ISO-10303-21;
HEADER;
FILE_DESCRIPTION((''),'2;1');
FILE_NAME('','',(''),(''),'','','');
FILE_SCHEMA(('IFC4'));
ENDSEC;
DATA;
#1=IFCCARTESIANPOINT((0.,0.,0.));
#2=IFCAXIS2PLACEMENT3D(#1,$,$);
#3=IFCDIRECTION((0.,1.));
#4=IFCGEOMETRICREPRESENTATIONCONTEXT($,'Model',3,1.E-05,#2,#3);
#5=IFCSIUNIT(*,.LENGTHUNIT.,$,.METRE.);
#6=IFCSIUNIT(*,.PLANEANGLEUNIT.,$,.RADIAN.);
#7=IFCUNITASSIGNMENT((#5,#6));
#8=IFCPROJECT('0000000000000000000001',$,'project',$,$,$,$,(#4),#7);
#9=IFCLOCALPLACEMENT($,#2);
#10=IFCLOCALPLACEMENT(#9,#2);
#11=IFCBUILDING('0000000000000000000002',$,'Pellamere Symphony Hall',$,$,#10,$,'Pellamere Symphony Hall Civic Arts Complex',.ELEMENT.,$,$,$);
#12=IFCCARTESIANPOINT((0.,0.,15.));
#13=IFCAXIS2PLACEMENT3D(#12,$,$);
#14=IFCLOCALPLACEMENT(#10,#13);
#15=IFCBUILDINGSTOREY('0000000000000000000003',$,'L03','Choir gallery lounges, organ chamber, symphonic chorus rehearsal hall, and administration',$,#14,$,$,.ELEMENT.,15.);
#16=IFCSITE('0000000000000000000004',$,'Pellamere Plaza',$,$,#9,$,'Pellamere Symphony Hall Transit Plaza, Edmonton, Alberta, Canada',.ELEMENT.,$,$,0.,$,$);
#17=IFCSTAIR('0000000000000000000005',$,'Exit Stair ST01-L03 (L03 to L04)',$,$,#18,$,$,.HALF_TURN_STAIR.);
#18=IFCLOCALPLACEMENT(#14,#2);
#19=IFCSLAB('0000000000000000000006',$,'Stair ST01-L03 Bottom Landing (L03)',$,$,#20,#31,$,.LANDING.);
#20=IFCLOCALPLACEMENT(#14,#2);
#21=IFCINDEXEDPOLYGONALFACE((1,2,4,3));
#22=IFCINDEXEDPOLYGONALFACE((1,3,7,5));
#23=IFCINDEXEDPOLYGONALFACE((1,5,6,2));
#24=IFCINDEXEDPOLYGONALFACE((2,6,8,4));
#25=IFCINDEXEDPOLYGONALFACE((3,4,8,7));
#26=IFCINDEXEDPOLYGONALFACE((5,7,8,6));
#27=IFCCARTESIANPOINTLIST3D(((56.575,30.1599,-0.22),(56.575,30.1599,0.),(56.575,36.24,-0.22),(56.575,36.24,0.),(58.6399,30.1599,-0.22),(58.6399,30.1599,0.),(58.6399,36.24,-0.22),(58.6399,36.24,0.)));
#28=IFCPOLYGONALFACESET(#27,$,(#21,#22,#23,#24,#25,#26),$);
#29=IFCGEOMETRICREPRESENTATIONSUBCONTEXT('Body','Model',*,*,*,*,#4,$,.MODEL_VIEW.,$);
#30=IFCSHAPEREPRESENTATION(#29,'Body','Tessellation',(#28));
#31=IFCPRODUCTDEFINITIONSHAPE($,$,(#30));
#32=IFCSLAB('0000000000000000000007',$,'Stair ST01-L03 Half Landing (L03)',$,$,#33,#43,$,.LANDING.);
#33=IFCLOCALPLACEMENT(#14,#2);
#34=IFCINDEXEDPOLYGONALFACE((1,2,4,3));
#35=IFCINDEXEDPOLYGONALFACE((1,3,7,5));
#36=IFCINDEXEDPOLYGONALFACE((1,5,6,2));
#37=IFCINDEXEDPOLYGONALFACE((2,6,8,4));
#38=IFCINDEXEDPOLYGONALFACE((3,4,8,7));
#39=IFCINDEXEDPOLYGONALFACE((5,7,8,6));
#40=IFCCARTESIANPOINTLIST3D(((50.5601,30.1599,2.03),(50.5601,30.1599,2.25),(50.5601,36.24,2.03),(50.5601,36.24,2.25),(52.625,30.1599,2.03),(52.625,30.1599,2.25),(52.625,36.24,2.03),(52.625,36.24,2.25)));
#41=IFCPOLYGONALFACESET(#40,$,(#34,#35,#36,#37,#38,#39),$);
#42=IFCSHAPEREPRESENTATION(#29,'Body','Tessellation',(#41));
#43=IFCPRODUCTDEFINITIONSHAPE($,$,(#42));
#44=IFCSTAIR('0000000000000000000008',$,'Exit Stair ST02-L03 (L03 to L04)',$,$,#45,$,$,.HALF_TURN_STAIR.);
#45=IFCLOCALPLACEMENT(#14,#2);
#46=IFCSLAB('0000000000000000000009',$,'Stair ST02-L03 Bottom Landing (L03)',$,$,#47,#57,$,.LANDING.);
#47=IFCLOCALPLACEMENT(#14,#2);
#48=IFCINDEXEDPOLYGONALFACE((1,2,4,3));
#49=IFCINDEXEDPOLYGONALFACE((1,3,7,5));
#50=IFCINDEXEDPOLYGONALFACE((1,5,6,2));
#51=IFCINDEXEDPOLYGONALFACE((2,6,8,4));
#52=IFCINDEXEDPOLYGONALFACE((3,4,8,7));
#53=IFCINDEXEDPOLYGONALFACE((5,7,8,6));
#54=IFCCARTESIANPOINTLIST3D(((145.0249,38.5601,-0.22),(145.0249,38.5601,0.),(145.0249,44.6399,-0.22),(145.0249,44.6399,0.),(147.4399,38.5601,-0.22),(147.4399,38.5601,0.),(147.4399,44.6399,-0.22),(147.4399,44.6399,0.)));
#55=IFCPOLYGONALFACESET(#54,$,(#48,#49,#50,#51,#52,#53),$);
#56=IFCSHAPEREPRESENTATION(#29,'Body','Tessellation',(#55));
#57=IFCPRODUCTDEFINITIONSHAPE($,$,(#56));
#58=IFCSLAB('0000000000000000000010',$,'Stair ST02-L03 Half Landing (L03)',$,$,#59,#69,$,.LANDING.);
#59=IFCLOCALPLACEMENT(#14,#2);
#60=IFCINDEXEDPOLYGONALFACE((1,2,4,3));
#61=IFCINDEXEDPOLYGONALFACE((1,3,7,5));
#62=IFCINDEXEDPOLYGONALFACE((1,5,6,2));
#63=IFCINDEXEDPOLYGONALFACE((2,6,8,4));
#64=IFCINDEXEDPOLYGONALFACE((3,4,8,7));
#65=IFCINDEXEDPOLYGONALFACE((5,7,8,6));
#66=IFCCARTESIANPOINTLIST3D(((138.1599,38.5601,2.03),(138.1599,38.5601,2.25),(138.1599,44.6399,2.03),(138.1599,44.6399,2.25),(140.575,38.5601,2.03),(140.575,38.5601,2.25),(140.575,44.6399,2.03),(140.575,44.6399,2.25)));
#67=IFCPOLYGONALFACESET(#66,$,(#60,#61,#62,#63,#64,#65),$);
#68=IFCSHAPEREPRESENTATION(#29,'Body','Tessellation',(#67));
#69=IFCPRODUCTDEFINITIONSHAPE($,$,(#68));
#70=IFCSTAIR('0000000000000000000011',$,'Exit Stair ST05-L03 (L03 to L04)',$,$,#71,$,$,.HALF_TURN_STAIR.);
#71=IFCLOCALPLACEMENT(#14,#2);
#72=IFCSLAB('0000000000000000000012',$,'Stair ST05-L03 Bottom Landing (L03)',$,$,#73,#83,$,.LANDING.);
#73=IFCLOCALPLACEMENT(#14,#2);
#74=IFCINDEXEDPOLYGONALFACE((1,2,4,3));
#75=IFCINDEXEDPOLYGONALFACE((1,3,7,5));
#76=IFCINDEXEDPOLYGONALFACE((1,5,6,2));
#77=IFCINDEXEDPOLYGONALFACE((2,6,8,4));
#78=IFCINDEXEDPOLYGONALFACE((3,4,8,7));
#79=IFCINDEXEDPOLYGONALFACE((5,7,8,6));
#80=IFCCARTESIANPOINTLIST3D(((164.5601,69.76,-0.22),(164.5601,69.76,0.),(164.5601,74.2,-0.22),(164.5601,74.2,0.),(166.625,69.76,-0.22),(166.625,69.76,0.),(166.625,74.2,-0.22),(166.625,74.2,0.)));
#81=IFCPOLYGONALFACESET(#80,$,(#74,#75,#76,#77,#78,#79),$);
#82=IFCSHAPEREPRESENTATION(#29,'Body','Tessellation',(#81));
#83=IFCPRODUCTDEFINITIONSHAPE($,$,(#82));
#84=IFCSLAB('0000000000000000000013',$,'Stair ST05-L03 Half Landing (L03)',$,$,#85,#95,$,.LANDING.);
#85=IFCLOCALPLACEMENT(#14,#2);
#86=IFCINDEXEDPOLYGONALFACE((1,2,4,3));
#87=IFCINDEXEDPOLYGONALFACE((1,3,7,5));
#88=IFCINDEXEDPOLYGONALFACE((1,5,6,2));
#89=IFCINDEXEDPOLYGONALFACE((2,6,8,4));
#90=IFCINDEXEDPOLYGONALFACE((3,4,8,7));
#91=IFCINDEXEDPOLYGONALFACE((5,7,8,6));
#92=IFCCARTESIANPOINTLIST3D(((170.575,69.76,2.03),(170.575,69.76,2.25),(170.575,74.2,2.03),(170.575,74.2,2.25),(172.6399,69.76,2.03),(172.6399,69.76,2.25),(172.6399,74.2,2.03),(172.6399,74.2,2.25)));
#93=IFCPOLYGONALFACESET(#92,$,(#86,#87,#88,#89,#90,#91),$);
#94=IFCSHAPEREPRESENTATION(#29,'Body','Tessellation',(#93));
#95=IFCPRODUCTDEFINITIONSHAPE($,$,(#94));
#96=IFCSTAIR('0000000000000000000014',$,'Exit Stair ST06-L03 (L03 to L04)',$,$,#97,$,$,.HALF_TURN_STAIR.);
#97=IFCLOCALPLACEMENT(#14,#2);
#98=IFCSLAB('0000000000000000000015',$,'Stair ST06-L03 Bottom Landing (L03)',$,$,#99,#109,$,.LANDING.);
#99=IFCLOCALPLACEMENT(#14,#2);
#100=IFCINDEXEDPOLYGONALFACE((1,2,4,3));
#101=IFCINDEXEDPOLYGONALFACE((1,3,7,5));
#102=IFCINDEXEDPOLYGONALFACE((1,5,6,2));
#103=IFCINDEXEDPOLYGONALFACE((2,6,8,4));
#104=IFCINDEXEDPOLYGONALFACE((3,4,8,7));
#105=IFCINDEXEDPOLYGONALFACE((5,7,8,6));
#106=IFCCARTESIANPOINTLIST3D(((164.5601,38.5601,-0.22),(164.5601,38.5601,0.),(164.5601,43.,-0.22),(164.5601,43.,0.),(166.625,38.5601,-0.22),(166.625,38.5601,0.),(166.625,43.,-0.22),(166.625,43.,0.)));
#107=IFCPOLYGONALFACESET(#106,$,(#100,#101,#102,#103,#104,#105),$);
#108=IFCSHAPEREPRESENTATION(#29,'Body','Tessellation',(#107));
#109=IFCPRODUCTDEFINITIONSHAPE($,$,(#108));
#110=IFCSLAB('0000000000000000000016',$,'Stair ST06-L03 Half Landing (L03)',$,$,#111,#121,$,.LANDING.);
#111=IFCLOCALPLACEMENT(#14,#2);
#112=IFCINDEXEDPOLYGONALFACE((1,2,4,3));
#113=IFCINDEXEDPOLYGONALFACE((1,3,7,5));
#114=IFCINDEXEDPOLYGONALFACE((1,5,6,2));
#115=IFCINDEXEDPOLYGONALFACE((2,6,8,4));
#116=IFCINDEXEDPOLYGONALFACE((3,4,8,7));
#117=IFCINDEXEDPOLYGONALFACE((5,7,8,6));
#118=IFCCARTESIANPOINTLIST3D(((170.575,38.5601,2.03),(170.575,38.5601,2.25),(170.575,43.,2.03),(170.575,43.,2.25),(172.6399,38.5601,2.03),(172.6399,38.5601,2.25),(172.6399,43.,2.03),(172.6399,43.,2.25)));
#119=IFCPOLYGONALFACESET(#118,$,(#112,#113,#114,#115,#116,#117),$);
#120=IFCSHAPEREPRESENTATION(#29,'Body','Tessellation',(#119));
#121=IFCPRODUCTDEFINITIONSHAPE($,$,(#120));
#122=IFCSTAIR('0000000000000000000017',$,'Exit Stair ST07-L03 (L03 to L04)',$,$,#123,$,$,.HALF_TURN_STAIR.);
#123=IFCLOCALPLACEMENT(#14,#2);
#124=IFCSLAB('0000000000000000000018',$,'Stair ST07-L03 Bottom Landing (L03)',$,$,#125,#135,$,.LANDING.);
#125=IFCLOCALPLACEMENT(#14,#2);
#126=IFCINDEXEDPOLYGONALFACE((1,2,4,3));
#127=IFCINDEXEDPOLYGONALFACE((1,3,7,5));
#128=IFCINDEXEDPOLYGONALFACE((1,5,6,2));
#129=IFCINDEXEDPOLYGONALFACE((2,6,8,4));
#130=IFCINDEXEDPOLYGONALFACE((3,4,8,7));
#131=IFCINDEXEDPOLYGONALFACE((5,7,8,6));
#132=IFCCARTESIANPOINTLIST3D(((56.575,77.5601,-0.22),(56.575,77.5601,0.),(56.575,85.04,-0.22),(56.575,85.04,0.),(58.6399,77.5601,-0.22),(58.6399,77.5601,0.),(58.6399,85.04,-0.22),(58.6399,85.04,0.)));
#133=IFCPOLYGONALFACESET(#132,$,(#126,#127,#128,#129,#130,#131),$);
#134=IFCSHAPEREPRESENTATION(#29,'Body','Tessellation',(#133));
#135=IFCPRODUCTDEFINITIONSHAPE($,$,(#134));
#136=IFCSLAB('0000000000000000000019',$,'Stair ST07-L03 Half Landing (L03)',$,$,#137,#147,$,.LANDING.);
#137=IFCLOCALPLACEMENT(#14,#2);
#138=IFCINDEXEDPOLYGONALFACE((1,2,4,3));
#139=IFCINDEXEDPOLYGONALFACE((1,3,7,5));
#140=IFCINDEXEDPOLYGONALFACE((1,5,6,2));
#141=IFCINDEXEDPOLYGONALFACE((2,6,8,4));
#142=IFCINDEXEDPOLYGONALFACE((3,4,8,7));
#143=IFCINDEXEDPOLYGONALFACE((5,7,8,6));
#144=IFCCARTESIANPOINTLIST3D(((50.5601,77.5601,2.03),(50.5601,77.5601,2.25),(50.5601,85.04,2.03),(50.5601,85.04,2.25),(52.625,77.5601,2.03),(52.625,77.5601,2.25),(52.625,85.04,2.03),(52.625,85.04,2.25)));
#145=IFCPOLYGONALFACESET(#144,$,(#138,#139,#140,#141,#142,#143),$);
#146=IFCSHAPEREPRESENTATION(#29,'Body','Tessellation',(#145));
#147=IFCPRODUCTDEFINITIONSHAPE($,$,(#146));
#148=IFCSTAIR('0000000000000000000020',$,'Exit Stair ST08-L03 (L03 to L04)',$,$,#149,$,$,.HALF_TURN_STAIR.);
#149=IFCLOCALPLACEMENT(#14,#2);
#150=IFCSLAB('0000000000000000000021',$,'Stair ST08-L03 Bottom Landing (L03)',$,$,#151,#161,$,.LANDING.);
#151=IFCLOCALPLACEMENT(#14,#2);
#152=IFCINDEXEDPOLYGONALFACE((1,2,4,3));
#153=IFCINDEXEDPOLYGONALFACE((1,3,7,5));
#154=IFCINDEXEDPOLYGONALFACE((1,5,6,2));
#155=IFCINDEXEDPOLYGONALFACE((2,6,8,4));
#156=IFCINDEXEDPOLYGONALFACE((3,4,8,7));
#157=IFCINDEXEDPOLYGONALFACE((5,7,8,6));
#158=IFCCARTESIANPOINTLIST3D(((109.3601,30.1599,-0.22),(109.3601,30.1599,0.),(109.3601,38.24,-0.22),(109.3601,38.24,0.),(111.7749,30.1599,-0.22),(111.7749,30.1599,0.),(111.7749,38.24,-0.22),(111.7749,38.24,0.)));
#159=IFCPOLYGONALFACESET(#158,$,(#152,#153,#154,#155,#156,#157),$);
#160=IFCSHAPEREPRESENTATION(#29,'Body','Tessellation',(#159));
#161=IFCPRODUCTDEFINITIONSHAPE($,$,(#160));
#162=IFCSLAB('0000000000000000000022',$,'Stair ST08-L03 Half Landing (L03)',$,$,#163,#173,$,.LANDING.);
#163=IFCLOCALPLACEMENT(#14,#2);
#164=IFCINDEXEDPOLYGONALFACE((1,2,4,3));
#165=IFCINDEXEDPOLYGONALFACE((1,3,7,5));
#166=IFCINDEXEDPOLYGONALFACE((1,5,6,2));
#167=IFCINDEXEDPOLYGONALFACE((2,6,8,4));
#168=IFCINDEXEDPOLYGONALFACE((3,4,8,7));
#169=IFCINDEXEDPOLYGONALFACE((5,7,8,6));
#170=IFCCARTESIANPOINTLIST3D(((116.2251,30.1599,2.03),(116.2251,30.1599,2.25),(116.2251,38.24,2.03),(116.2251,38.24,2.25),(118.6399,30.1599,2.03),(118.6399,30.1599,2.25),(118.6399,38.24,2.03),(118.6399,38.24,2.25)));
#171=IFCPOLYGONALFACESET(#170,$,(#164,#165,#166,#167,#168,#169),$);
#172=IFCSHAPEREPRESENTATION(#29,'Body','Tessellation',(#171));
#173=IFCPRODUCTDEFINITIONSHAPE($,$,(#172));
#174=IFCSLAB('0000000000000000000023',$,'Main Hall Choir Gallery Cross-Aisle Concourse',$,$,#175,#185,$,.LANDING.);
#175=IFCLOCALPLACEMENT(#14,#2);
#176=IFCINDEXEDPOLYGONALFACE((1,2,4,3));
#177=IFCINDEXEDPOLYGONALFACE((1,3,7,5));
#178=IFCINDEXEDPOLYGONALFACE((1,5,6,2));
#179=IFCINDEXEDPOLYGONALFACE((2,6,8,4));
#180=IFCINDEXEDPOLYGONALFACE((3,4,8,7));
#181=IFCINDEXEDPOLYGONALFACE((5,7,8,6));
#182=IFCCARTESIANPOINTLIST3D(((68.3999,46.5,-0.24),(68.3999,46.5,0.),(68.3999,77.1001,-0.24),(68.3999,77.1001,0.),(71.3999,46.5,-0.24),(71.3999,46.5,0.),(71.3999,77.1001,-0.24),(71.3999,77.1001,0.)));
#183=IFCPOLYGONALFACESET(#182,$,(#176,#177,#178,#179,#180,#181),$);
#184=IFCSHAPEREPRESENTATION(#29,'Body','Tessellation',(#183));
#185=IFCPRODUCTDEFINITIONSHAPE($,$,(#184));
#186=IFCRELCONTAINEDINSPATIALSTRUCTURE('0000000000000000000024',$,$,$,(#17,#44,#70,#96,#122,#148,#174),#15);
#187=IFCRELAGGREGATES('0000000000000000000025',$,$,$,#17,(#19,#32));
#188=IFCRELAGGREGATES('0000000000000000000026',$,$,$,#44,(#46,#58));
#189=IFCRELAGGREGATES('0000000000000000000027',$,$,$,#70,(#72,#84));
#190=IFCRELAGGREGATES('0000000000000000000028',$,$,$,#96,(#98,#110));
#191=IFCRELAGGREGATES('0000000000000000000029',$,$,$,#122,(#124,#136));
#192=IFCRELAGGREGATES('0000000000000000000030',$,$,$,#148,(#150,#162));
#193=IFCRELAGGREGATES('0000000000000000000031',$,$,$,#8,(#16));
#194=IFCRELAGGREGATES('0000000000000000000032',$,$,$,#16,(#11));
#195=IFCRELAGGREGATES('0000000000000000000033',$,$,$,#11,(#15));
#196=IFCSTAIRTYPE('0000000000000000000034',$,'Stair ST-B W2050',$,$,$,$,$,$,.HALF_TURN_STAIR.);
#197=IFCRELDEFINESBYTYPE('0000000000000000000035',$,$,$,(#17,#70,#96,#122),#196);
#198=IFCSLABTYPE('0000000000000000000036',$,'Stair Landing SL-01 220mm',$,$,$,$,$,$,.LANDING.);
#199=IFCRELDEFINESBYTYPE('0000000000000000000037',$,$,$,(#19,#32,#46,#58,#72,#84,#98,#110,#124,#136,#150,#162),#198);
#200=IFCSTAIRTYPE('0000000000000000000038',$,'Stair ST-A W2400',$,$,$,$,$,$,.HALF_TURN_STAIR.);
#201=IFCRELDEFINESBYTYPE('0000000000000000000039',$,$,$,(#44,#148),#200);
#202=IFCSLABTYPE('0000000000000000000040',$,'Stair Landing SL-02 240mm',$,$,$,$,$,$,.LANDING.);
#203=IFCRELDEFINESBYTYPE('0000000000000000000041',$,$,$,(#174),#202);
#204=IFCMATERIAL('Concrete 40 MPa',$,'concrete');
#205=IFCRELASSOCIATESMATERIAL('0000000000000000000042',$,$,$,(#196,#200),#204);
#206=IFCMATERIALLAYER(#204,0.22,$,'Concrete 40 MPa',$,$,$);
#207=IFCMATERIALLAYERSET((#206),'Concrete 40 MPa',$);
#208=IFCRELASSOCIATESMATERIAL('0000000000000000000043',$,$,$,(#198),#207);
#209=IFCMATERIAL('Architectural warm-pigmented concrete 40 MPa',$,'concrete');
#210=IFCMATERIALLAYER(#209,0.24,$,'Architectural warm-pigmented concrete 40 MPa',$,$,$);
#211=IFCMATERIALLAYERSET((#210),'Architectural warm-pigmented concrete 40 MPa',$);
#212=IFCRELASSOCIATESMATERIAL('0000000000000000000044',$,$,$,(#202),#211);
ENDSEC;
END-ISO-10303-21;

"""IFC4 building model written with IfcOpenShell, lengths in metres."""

from ifc_helpers import new_model, si_unit, direction, frame, origin, place, context, subcontext, project, spatial, polyline, outline, extrude, material, layer, layer_set, type_object, element, aggregate, save


model = new_model("IFC4")

# Units and contexts
model_context = context("Model", 3, precision=1e-05, world=origin(), true_north=direction((0.0, 1.0)))
body_context = subcontext(model_context, "Body", "Model", "MODEL_VIEW")
ifc_project = project(units=[si_unit("LENGTHUNIT", "METRE"), si_unit("PLANEANGLEUNIT", "RADIAN")], contexts=[model_context])

# Site, building, storey
site_placement = place(None, origin())
site = spatial("IfcSite", under=ifc_project, at=site_placement, Name="Pellamere Plaza", LongName="Pellamere Symphony Hall Transit Plaza, Edmonton, Alberta, Canada", CompositionType="ELEMENT", RefElevation=0.0)
building_placement = place(site_placement, origin())
building = spatial("IfcBuilding", under=site, at=building_placement, Name="Pellamere Symphony Hall", LongName="Pellamere Symphony Hall Civic Arts Complex", CompositionType="ELEMENT")
storey_placement = place(building_placement, frame((0.0, 0.0, 15.0)))
storey = spatial("IfcBuildingStorey", under=building, at=storey_placement, Name="L03", Description="Choir gallery lounges, organ chamber, symphonic chorus rehearsal hall, and administration", CompositionType="ELEMENT", Elevation=15.0)

# Stairs, slabs
ifc_material_1 = material(Name="Concrete 40 MPa", Category="concrete")
stair_type_1 = type_object("IfcStairType", Name="Stair ST-B W2050", PredefinedType="HALF_TURN_STAIR", material=ifc_material_1)
stair_1_placement = place(storey_placement, origin())
stair_1 = element("IfcStair", 1, at=stair_1_placement, inside=storey, type_object=stair_type_1, Name="Exit Stair ST01-L03 (L03 to L04)", PredefinedType="HALF_TURN_STAIR")
ifc_layer_1 = layer(ifc_material_1, 0.22, Name="Concrete 40 MPa")
ifc_layer_set_1 = layer_set([ifc_layer_1], Name="Concrete 40 MPa")
slab_type_1 = type_object("IfcSlabType", Name="Stair Landing SL-01 220mm", PredefinedType="LANDING", material=ifc_layer_set_1)
slab_1_placement = place(storey_placement, frame((0.0, 0.0, -0.22)))
slab_1 = element("IfcSlab", 2, at=slab_1_placement, type_object=slab_type_1, Name="Stair ST01-L03 Bottom Landing (L03)", PredefinedType="LANDING", context=body_context, shape_type="SweptSolid", body=[
    extrude(outline(polyline([(56.575, 30.1599), (58.6399, 30.1599), (58.6399, 36.24), (56.575, 36.24), (56.575, 30.1599)])), origin(), (0.0, 0.0, 1.0), 0.22),
])
slab_2_placement = place(storey_placement, frame((0.0, 0.0, 2.03)))
slab_2 = element("IfcSlab", 3, at=slab_2_placement, type_object=slab_type_1, Name="Stair ST01-L03 Half Landing (L03)", PredefinedType="LANDING", context=body_context, shape_type="SweptSolid", body=[
    extrude(outline(polyline([(50.5601, 30.1599), (52.625, 30.1599), (52.625, 36.24), (50.5601, 36.24), (50.5601, 30.1599)])), origin(), (0.0, 0.0, 1.0), 0.22),
])
aggregate(stair_1, [slab_1, slab_2])
stair_type_2 = type_object("IfcStairType", Name="Stair ST-A W2400", PredefinedType="HALF_TURN_STAIR", material=ifc_material_1)
stair_2_placement = place(storey_placement, origin())
stair_2 = element("IfcStair", 4, at=stair_2_placement, inside=storey, type_object=stair_type_2, Name="Exit Stair ST02-L03 (L03 to L04)", PredefinedType="HALF_TURN_STAIR")
slab_3_placement = place(storey_placement, frame((0.0, 0.0, -0.22)))
slab_3 = element("IfcSlab", 5, at=slab_3_placement, type_object=slab_type_1, Name="Stair ST02-L03 Bottom Landing (L03)", PredefinedType="LANDING", context=body_context, shape_type="SweptSolid", body=[
    extrude(outline(polyline([(145.0249, 38.5601), (147.4399, 38.5601), (147.4399, 44.6399), (145.0249, 44.6399), (145.0249, 38.5601)])), origin(), (0.0, 0.0, 1.0), 0.22),
])
slab_4_placement = place(storey_placement, frame((0.0, 0.0, 2.03)))
slab_4 = element("IfcSlab", 6, at=slab_4_placement, type_object=slab_type_1, Name="Stair ST02-L03 Half Landing (L03)", PredefinedType="LANDING", context=body_context, shape_type="SweptSolid", body=[
    extrude(outline(polyline([(138.1599, 38.5601), (140.575, 38.5601), (140.575, 44.6399), (138.1599, 44.6399), (138.1599, 38.5601)])), origin(), (0.0, 0.0, 1.0), 0.22),
])
aggregate(stair_2, [slab_3, slab_4])
stair_3_placement = place(storey_placement, origin())
stair_3 = element("IfcStair", 7, at=stair_3_placement, inside=storey, type_object=stair_type_1, Name="Exit Stair ST05-L03 (L03 to L04)", PredefinedType="HALF_TURN_STAIR")
slab_5_placement = place(storey_placement, frame((0.0, 0.0, -0.22)))
slab_5 = element("IfcSlab", 8, at=slab_5_placement, type_object=slab_type_1, Name="Stair ST05-L03 Bottom Landing (L03)", PredefinedType="LANDING", context=body_context, shape_type="SweptSolid", body=[
    extrude(outline(polyline([(164.5601, 69.76), (166.625, 69.76), (166.625, 74.2), (164.5601, 74.2), (164.5601, 69.76)])), origin(), (0.0, 0.0, 1.0), 0.22),
])
slab_6_placement = place(storey_placement, frame((0.0, 0.0, 2.03)))
slab_6 = element("IfcSlab", 9, at=slab_6_placement, type_object=slab_type_1, Name="Stair ST05-L03 Half Landing (L03)", PredefinedType="LANDING", context=body_context, shape_type="SweptSolid", body=[
    extrude(outline(polyline([(170.575, 69.76), (172.6399, 69.76), (172.6399, 74.2), (170.575, 74.2), (170.575, 69.76)])), origin(), (0.0, 0.0, 1.0), 0.22),
])
aggregate(stair_3, [slab_5, slab_6])
stair_4_placement = place(storey_placement, origin())
stair_4 = element("IfcStair", 10, at=stair_4_placement, inside=storey, type_object=stair_type_1, Name="Exit Stair ST06-L03 (L03 to L04)", PredefinedType="HALF_TURN_STAIR")
slab_7_placement = place(storey_placement, frame((0.0, 0.0, -0.22)))
slab_7 = element("IfcSlab", 11, at=slab_7_placement, type_object=slab_type_1, Name="Stair ST06-L03 Bottom Landing (L03)", PredefinedType="LANDING", context=body_context, shape_type="SweptSolid", body=[
    extrude(outline(polyline([(164.5601, 38.5601), (166.625, 38.5601), (166.625, 43.0), (164.5601, 43.0), (164.5601, 38.5601)])), origin(), (0.0, 0.0, 1.0), 0.22),
])
slab_8_placement = place(storey_placement, frame((0.0, 0.0, 2.03)))
slab_8 = element("IfcSlab", 12, at=slab_8_placement, type_object=slab_type_1, Name="Stair ST06-L03 Half Landing (L03)", PredefinedType="LANDING", context=body_context, shape_type="SweptSolid", body=[
    extrude(outline(polyline([(170.575, 38.5601), (172.6399, 38.5601), (172.6399, 43.0), (170.575, 43.0), (170.575, 38.5601)])), origin(), (0.0, 0.0, 1.0), 0.22),
])
aggregate(stair_4, [slab_7, slab_8])
stair_5_placement = place(storey_placement, origin())
stair_5 = element("IfcStair", 13, at=stair_5_placement, inside=storey, type_object=stair_type_1, Name="Exit Stair ST07-L03 (L03 to L04)", PredefinedType="HALF_TURN_STAIR")
slab_9_placement = place(storey_placement, frame((0.0, 0.0, -0.22)))
slab_9 = element("IfcSlab", 14, at=slab_9_placement, type_object=slab_type_1, Name="Stair ST07-L03 Bottom Landing (L03)", PredefinedType="LANDING", context=body_context, shape_type="SweptSolid", body=[
    extrude(outline(polyline([(56.575, 77.5601), (58.6399, 77.5601), (58.6399, 85.04), (56.575, 85.04), (56.575, 77.5601)])), origin(), (0.0, 0.0, 1.0), 0.22),
])
slab_10_placement = place(storey_placement, frame((0.0, 0.0, 2.03)))
slab_10 = element("IfcSlab", 15, at=slab_10_placement, type_object=slab_type_1, Name="Stair ST07-L03 Half Landing (L03)", PredefinedType="LANDING", context=body_context, shape_type="SweptSolid", body=[
    extrude(outline(polyline([(50.5601, 77.5601), (52.625, 77.5601), (52.625, 85.04), (50.5601, 85.04), (50.5601, 77.5601)])), origin(), (0.0, 0.0, 1.0), 0.22),
])
aggregate(stair_5, [slab_9, slab_10])
stair_6_placement = place(storey_placement, origin())
stair_6 = element("IfcStair", 16, at=stair_6_placement, inside=storey, type_object=stair_type_2, Name="Exit Stair ST08-L03 (L03 to L04)", PredefinedType="HALF_TURN_STAIR")
slab_11_placement = place(storey_placement, frame((0.0, 0.0, -0.22)))
slab_11 = element("IfcSlab", 17, at=slab_11_placement, type_object=slab_type_1, Name="Stair ST08-L03 Bottom Landing (L03)", PredefinedType="LANDING", context=body_context, shape_type="SweptSolid", body=[
    extrude(outline(polyline([(109.3601, 30.1599), (111.7749, 30.1599), (111.7749, 38.24), (109.3601, 38.24), (109.3601, 30.1599)])), origin(), (0.0, 0.0, 1.0), 0.22),
])
slab_12_placement = place(storey_placement, frame((0.0, 0.0, 2.03)))
slab_12 = element("IfcSlab", 18, at=slab_12_placement, type_object=slab_type_1, Name="Stair ST08-L03 Half Landing (L03)", PredefinedType="LANDING", context=body_context, shape_type="SweptSolid", body=[
    extrude(outline(polyline([(116.2251, 30.1599), (118.6399, 30.1599), (118.6399, 38.24), (116.2251, 38.24), (116.2251, 30.1599)])), origin(), (0.0, 0.0, 1.0), 0.22),
])
aggregate(stair_6, [slab_11, slab_12])

# Slab
ifc_material_2 = material(Name="Architectural warm-pigmented concrete 40 MPa", Category="concrete")
ifc_layer_2 = layer(ifc_material_2, 0.24, Name="Architectural warm-pigmented concrete 40 MPa")
ifc_layer_set_2 = layer_set([ifc_layer_2], Name="Architectural warm-pigmented concrete 40 MPa")
slab_type_2 = type_object("IfcSlabType", Name="Stair Landing SL-02 240mm", PredefinedType="LANDING", material=ifc_layer_set_2)
slab_13_placement = place(storey_placement, frame((0.0, 0.0, -0.24)))
element("IfcSlab", 19, at=slab_13_placement, inside=storey, type_object=slab_type_2, Name="Main Hall Choir Gallery Cross-Aisle Concourse", PredefinedType="LANDING", context=body_context, shape_type="SweptSolid", body=[
    extrude(outline(polyline([(68.3999, 46.5), (71.3999, 46.5), (71.3999, 77.1001), (68.3999, 77.1001), (68.3999, 46.5)])), origin(), (0.0, 0.0, 1.0), 0.24),
])

save(model, "model.ifc")
